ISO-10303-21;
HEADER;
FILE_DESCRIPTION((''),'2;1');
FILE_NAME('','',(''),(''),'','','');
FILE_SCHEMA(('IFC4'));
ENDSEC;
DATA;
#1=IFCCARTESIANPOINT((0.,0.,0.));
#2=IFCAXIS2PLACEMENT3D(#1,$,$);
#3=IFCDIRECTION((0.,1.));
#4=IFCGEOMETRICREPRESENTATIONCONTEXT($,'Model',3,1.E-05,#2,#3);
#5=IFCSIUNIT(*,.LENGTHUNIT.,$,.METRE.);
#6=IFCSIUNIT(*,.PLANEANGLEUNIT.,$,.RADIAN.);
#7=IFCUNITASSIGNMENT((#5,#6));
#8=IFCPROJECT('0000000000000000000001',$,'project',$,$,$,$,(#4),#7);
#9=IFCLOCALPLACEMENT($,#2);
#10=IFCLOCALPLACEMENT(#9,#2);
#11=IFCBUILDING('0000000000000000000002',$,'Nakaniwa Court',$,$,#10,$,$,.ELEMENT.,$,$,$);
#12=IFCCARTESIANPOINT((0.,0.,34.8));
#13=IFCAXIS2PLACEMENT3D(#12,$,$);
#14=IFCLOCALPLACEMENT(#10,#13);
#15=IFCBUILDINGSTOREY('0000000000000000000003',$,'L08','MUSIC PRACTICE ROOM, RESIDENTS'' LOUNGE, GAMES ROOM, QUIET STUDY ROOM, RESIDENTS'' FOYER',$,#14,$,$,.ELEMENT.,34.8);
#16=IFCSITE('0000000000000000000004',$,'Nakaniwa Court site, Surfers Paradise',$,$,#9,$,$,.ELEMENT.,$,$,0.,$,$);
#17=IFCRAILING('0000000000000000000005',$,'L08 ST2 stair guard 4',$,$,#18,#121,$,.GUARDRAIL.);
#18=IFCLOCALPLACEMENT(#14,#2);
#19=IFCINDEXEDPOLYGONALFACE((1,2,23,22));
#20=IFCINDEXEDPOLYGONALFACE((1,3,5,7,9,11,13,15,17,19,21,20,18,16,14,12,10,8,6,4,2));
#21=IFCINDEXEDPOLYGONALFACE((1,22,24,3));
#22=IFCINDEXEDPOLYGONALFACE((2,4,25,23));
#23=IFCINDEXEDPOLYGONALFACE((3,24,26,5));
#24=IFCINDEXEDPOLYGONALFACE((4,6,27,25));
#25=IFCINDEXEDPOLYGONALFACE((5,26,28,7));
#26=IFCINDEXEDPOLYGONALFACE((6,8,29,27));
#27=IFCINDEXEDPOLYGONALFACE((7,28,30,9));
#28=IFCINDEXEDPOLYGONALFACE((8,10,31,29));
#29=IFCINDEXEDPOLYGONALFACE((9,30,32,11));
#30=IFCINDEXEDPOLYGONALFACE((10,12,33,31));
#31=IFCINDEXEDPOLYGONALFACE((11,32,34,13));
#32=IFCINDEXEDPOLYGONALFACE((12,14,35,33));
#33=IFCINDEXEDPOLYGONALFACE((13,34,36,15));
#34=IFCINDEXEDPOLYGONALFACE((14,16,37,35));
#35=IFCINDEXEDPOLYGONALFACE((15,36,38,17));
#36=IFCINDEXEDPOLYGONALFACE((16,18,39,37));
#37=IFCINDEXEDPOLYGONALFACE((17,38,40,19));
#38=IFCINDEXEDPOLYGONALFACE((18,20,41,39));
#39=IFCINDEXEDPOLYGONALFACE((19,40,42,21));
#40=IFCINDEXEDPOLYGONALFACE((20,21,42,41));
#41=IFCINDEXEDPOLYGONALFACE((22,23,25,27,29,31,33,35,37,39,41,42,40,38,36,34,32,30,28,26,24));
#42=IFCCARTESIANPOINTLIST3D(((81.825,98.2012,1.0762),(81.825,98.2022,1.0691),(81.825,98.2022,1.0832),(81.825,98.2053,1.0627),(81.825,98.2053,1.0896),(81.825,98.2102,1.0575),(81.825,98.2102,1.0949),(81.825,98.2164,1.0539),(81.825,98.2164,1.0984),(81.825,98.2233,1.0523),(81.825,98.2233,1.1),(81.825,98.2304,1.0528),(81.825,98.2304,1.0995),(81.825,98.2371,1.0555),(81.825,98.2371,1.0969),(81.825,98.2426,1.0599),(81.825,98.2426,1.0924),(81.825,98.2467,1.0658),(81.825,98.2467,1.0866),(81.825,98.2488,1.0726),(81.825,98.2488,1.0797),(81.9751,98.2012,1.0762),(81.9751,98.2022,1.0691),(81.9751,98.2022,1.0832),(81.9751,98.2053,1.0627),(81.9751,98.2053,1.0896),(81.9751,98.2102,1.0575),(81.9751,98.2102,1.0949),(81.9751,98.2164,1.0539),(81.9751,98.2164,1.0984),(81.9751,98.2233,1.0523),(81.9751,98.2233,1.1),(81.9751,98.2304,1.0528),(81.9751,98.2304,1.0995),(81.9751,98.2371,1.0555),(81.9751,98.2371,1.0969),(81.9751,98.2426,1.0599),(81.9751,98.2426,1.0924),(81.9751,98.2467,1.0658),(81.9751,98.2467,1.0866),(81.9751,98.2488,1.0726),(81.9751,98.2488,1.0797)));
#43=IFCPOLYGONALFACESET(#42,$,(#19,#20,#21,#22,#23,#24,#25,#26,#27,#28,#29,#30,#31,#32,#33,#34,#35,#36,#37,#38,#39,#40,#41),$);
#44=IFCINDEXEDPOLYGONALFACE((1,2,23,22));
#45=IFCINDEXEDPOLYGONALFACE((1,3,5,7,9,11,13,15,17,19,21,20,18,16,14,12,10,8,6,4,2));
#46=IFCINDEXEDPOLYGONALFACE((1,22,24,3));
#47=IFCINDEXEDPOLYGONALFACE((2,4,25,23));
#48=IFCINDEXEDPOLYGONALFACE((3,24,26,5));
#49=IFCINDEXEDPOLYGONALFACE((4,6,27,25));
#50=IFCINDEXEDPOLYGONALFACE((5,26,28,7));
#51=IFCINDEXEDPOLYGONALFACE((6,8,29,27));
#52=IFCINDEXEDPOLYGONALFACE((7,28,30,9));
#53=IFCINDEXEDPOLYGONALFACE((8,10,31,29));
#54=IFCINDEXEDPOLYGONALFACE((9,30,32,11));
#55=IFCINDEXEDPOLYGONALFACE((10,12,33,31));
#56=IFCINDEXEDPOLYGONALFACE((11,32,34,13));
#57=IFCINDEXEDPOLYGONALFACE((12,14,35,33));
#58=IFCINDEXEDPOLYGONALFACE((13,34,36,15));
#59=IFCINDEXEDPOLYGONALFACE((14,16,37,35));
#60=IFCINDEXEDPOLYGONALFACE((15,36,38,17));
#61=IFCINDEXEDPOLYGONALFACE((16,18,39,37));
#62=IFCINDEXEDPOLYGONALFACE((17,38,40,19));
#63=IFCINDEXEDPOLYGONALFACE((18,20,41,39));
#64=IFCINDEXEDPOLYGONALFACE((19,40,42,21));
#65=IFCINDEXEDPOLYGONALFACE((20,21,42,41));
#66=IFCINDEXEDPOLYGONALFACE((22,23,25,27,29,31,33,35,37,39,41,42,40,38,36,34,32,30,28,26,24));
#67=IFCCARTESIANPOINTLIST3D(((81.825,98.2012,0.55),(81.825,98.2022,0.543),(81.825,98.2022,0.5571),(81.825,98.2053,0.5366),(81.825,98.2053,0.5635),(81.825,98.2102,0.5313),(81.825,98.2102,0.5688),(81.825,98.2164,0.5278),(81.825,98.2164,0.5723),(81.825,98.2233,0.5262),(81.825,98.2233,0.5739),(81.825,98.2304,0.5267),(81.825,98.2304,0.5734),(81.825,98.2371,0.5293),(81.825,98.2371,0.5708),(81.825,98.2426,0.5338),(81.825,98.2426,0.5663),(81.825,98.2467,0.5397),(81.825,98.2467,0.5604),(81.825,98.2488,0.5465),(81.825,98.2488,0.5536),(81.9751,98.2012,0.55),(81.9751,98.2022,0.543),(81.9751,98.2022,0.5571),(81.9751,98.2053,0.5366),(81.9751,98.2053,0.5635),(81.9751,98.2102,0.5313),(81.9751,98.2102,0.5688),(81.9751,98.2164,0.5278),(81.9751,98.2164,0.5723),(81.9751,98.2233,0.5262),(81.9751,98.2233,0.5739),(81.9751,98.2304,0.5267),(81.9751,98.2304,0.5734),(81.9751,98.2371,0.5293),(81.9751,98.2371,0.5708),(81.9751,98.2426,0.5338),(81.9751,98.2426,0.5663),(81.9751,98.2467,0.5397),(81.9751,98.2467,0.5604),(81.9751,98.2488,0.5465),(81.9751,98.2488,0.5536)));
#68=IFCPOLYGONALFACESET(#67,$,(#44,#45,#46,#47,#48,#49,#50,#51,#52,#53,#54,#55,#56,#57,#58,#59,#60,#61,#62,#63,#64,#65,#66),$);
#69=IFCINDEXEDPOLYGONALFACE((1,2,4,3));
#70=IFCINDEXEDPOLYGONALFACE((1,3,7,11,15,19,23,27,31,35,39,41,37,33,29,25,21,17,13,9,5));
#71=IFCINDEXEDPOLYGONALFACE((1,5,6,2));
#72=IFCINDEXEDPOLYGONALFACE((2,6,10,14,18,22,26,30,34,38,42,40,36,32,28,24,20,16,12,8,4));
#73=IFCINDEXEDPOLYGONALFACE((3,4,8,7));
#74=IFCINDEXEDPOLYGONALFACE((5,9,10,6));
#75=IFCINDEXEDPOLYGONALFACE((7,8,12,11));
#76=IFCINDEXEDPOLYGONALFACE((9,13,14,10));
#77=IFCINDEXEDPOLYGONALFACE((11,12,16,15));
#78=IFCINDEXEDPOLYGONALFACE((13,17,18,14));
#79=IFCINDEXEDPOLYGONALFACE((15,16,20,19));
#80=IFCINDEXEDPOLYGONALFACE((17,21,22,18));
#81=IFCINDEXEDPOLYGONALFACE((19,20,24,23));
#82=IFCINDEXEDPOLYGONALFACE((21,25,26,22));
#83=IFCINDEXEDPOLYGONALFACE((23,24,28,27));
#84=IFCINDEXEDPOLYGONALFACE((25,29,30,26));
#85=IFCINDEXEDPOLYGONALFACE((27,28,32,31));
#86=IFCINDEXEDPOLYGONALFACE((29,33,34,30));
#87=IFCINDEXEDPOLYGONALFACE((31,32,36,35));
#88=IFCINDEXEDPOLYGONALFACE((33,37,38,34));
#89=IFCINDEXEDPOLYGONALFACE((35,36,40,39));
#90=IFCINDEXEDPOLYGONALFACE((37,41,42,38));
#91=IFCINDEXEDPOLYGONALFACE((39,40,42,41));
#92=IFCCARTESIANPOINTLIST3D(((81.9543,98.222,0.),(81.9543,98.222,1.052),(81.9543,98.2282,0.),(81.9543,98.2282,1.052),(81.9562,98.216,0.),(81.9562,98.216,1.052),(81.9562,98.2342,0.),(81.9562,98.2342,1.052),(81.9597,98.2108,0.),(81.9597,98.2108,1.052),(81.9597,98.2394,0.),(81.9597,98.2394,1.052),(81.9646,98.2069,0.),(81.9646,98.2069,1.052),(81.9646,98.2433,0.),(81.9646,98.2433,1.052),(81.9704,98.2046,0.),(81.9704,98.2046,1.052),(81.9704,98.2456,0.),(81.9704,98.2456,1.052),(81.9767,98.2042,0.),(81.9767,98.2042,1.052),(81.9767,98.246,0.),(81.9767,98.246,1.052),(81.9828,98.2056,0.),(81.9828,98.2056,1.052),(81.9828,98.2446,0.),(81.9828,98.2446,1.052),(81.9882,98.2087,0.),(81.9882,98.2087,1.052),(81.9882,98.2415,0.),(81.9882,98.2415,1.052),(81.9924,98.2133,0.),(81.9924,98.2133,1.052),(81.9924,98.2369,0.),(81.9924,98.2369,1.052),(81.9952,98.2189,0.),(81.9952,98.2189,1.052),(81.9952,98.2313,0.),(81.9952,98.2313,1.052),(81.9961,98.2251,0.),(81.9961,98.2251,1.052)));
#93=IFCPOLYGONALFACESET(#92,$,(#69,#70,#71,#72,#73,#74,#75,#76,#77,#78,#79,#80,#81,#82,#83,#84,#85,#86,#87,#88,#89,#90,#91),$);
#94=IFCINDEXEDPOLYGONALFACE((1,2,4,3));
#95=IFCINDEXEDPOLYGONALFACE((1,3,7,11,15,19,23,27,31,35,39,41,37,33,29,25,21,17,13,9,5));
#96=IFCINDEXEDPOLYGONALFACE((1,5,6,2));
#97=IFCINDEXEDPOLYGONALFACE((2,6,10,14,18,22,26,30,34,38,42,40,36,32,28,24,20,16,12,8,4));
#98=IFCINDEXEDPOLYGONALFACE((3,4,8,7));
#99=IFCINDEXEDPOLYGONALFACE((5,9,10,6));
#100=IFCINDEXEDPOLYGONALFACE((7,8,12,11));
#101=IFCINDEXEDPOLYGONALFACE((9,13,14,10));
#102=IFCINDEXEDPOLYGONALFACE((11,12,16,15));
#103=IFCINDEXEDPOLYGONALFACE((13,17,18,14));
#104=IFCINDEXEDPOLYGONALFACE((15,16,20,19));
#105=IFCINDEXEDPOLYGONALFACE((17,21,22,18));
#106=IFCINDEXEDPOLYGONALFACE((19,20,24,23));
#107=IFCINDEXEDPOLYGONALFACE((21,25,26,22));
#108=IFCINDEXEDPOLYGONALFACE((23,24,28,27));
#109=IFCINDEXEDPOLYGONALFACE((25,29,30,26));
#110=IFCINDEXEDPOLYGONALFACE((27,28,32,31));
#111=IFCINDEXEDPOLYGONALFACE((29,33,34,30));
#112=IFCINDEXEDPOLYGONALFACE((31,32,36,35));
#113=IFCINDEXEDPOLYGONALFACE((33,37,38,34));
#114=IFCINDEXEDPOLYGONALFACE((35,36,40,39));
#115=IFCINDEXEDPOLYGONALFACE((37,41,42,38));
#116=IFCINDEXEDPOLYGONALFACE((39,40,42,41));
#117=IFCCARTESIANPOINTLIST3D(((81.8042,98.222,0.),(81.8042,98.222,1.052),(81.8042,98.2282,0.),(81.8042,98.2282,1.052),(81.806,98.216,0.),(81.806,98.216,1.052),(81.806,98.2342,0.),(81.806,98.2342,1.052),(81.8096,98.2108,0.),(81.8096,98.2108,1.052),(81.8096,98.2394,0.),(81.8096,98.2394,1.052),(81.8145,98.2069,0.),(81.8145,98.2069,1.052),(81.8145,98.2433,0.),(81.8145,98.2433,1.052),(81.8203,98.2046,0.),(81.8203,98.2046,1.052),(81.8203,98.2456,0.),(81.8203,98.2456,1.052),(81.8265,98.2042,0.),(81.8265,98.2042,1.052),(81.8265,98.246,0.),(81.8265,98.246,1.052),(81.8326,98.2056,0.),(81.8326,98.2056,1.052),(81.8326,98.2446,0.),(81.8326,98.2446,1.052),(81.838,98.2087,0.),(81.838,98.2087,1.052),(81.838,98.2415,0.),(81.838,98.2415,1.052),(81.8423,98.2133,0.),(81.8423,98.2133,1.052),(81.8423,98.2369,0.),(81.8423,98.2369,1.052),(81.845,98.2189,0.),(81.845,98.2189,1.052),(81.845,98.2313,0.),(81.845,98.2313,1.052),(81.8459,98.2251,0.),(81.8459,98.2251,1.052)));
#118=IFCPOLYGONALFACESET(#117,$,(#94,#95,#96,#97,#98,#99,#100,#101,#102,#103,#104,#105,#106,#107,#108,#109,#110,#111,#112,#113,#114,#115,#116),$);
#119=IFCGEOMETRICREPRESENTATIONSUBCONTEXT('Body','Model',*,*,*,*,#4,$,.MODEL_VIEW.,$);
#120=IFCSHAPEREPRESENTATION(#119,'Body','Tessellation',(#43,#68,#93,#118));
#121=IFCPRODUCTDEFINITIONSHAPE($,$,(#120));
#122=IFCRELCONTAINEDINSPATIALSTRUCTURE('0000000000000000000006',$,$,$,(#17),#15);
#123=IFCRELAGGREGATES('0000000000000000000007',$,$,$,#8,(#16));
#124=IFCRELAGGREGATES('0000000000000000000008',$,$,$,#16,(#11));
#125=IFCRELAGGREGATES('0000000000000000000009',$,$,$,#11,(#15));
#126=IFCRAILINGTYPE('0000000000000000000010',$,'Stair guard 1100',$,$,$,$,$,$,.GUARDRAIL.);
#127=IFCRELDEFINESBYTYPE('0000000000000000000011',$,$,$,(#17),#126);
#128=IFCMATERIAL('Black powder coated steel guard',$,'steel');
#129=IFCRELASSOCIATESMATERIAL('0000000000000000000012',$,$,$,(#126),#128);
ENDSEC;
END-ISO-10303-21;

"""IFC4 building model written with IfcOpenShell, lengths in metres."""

from ifc_helpers import new_model, si_unit, direction, frame, origin, origin_2d, place, context, subcontext, project, spatial, circle, extrude, material, type_object, element, save


model = new_model("IFC4")

# Units and contexts
model_context = context("Model", 3, precision=1e-05, world=origin(), true_north=direction((0.0, 1.0)))
body_context = subcontext(model_context, "Body", "Model", "MODEL_VIEW")
ifc_project = project(units=[si_unit("LENGTHUNIT", "METRE"), si_unit("PLANEANGLEUNIT", "RADIAN")], contexts=[model_context])

# Site, building, storey
site_placement = place(None, origin())
site = spatial("IfcSite", under=ifc_project, at=site_placement, Name="Nakaniwa Court site, Surfers Paradise", CompositionType="ELEMENT", RefElevation=0.0)
building_placement = place(site_placement, origin())
building = spatial("IfcBuilding", under=site, at=building_placement, Name="Nakaniwa Court", CompositionType="ELEMENT")
storey_placement = place(building_placement, frame((0.0, 0.0, 34.8)))
storey = spatial("IfcBuildingStorey", under=building, at=storey_placement, Name="L08", Description="MUSIC PRACTICE ROOM, RESIDENTS' LOUNGE, GAMES ROOM, QUIET STUDY ROOM, RESIDENTS' FOYER", CompositionType="ELEMENT", Elevation=34.8)

# Railing
ifc_material_1 = material(Name="Black powder coated steel guard", Category="steel")
railing_type_1 = type_object("IfcRailingType", Name="Stair guard 1100", PredefinedType="GUARDRAIL", material=ifc_material_1)
railing_1_placement = place(storey_placement, frame((81.9751, 98.2251, 0.0)))
element("IfcRailing", 1, at=railing_1_placement, inside=storey, type_object=railing_type_1, Name="L08 ST2 stair guard 4", PredefinedType="GUARDRAIL", context=body_context, shape_type="SweptSolid", body=[
    extrude(circle(Radius=0.0239, at=origin_2d()), frame((0.0, 0.0, 1.0762), z_axis=(-1.0, 0.0, 0.0), x_axis=(0.0, -1.0, 0.0)), (0.0, 0.0, 1.0), 0.1501),
    extrude(circle(Radius=0.0239, at=origin_2d()), frame((0.0, 0.0, 0.55), z_axis=(-1.0, 0.0, 0.0), x_axis=(0.0, -1.0, 0.0)), (0.0, 0.0, 1.0), 0.1501),
    extrude(circle(Radius=0.021, at=origin_2d()), origin(), (0.0, 0.0, 1.0), 1.052),
    extrude(circle(Radius=0.021, at=origin_2d()), frame((-0.1501, 0.0, 0.0)), (0.0, 0.0, 1.0), 1.052),
])

save(model, "model.ifc")
